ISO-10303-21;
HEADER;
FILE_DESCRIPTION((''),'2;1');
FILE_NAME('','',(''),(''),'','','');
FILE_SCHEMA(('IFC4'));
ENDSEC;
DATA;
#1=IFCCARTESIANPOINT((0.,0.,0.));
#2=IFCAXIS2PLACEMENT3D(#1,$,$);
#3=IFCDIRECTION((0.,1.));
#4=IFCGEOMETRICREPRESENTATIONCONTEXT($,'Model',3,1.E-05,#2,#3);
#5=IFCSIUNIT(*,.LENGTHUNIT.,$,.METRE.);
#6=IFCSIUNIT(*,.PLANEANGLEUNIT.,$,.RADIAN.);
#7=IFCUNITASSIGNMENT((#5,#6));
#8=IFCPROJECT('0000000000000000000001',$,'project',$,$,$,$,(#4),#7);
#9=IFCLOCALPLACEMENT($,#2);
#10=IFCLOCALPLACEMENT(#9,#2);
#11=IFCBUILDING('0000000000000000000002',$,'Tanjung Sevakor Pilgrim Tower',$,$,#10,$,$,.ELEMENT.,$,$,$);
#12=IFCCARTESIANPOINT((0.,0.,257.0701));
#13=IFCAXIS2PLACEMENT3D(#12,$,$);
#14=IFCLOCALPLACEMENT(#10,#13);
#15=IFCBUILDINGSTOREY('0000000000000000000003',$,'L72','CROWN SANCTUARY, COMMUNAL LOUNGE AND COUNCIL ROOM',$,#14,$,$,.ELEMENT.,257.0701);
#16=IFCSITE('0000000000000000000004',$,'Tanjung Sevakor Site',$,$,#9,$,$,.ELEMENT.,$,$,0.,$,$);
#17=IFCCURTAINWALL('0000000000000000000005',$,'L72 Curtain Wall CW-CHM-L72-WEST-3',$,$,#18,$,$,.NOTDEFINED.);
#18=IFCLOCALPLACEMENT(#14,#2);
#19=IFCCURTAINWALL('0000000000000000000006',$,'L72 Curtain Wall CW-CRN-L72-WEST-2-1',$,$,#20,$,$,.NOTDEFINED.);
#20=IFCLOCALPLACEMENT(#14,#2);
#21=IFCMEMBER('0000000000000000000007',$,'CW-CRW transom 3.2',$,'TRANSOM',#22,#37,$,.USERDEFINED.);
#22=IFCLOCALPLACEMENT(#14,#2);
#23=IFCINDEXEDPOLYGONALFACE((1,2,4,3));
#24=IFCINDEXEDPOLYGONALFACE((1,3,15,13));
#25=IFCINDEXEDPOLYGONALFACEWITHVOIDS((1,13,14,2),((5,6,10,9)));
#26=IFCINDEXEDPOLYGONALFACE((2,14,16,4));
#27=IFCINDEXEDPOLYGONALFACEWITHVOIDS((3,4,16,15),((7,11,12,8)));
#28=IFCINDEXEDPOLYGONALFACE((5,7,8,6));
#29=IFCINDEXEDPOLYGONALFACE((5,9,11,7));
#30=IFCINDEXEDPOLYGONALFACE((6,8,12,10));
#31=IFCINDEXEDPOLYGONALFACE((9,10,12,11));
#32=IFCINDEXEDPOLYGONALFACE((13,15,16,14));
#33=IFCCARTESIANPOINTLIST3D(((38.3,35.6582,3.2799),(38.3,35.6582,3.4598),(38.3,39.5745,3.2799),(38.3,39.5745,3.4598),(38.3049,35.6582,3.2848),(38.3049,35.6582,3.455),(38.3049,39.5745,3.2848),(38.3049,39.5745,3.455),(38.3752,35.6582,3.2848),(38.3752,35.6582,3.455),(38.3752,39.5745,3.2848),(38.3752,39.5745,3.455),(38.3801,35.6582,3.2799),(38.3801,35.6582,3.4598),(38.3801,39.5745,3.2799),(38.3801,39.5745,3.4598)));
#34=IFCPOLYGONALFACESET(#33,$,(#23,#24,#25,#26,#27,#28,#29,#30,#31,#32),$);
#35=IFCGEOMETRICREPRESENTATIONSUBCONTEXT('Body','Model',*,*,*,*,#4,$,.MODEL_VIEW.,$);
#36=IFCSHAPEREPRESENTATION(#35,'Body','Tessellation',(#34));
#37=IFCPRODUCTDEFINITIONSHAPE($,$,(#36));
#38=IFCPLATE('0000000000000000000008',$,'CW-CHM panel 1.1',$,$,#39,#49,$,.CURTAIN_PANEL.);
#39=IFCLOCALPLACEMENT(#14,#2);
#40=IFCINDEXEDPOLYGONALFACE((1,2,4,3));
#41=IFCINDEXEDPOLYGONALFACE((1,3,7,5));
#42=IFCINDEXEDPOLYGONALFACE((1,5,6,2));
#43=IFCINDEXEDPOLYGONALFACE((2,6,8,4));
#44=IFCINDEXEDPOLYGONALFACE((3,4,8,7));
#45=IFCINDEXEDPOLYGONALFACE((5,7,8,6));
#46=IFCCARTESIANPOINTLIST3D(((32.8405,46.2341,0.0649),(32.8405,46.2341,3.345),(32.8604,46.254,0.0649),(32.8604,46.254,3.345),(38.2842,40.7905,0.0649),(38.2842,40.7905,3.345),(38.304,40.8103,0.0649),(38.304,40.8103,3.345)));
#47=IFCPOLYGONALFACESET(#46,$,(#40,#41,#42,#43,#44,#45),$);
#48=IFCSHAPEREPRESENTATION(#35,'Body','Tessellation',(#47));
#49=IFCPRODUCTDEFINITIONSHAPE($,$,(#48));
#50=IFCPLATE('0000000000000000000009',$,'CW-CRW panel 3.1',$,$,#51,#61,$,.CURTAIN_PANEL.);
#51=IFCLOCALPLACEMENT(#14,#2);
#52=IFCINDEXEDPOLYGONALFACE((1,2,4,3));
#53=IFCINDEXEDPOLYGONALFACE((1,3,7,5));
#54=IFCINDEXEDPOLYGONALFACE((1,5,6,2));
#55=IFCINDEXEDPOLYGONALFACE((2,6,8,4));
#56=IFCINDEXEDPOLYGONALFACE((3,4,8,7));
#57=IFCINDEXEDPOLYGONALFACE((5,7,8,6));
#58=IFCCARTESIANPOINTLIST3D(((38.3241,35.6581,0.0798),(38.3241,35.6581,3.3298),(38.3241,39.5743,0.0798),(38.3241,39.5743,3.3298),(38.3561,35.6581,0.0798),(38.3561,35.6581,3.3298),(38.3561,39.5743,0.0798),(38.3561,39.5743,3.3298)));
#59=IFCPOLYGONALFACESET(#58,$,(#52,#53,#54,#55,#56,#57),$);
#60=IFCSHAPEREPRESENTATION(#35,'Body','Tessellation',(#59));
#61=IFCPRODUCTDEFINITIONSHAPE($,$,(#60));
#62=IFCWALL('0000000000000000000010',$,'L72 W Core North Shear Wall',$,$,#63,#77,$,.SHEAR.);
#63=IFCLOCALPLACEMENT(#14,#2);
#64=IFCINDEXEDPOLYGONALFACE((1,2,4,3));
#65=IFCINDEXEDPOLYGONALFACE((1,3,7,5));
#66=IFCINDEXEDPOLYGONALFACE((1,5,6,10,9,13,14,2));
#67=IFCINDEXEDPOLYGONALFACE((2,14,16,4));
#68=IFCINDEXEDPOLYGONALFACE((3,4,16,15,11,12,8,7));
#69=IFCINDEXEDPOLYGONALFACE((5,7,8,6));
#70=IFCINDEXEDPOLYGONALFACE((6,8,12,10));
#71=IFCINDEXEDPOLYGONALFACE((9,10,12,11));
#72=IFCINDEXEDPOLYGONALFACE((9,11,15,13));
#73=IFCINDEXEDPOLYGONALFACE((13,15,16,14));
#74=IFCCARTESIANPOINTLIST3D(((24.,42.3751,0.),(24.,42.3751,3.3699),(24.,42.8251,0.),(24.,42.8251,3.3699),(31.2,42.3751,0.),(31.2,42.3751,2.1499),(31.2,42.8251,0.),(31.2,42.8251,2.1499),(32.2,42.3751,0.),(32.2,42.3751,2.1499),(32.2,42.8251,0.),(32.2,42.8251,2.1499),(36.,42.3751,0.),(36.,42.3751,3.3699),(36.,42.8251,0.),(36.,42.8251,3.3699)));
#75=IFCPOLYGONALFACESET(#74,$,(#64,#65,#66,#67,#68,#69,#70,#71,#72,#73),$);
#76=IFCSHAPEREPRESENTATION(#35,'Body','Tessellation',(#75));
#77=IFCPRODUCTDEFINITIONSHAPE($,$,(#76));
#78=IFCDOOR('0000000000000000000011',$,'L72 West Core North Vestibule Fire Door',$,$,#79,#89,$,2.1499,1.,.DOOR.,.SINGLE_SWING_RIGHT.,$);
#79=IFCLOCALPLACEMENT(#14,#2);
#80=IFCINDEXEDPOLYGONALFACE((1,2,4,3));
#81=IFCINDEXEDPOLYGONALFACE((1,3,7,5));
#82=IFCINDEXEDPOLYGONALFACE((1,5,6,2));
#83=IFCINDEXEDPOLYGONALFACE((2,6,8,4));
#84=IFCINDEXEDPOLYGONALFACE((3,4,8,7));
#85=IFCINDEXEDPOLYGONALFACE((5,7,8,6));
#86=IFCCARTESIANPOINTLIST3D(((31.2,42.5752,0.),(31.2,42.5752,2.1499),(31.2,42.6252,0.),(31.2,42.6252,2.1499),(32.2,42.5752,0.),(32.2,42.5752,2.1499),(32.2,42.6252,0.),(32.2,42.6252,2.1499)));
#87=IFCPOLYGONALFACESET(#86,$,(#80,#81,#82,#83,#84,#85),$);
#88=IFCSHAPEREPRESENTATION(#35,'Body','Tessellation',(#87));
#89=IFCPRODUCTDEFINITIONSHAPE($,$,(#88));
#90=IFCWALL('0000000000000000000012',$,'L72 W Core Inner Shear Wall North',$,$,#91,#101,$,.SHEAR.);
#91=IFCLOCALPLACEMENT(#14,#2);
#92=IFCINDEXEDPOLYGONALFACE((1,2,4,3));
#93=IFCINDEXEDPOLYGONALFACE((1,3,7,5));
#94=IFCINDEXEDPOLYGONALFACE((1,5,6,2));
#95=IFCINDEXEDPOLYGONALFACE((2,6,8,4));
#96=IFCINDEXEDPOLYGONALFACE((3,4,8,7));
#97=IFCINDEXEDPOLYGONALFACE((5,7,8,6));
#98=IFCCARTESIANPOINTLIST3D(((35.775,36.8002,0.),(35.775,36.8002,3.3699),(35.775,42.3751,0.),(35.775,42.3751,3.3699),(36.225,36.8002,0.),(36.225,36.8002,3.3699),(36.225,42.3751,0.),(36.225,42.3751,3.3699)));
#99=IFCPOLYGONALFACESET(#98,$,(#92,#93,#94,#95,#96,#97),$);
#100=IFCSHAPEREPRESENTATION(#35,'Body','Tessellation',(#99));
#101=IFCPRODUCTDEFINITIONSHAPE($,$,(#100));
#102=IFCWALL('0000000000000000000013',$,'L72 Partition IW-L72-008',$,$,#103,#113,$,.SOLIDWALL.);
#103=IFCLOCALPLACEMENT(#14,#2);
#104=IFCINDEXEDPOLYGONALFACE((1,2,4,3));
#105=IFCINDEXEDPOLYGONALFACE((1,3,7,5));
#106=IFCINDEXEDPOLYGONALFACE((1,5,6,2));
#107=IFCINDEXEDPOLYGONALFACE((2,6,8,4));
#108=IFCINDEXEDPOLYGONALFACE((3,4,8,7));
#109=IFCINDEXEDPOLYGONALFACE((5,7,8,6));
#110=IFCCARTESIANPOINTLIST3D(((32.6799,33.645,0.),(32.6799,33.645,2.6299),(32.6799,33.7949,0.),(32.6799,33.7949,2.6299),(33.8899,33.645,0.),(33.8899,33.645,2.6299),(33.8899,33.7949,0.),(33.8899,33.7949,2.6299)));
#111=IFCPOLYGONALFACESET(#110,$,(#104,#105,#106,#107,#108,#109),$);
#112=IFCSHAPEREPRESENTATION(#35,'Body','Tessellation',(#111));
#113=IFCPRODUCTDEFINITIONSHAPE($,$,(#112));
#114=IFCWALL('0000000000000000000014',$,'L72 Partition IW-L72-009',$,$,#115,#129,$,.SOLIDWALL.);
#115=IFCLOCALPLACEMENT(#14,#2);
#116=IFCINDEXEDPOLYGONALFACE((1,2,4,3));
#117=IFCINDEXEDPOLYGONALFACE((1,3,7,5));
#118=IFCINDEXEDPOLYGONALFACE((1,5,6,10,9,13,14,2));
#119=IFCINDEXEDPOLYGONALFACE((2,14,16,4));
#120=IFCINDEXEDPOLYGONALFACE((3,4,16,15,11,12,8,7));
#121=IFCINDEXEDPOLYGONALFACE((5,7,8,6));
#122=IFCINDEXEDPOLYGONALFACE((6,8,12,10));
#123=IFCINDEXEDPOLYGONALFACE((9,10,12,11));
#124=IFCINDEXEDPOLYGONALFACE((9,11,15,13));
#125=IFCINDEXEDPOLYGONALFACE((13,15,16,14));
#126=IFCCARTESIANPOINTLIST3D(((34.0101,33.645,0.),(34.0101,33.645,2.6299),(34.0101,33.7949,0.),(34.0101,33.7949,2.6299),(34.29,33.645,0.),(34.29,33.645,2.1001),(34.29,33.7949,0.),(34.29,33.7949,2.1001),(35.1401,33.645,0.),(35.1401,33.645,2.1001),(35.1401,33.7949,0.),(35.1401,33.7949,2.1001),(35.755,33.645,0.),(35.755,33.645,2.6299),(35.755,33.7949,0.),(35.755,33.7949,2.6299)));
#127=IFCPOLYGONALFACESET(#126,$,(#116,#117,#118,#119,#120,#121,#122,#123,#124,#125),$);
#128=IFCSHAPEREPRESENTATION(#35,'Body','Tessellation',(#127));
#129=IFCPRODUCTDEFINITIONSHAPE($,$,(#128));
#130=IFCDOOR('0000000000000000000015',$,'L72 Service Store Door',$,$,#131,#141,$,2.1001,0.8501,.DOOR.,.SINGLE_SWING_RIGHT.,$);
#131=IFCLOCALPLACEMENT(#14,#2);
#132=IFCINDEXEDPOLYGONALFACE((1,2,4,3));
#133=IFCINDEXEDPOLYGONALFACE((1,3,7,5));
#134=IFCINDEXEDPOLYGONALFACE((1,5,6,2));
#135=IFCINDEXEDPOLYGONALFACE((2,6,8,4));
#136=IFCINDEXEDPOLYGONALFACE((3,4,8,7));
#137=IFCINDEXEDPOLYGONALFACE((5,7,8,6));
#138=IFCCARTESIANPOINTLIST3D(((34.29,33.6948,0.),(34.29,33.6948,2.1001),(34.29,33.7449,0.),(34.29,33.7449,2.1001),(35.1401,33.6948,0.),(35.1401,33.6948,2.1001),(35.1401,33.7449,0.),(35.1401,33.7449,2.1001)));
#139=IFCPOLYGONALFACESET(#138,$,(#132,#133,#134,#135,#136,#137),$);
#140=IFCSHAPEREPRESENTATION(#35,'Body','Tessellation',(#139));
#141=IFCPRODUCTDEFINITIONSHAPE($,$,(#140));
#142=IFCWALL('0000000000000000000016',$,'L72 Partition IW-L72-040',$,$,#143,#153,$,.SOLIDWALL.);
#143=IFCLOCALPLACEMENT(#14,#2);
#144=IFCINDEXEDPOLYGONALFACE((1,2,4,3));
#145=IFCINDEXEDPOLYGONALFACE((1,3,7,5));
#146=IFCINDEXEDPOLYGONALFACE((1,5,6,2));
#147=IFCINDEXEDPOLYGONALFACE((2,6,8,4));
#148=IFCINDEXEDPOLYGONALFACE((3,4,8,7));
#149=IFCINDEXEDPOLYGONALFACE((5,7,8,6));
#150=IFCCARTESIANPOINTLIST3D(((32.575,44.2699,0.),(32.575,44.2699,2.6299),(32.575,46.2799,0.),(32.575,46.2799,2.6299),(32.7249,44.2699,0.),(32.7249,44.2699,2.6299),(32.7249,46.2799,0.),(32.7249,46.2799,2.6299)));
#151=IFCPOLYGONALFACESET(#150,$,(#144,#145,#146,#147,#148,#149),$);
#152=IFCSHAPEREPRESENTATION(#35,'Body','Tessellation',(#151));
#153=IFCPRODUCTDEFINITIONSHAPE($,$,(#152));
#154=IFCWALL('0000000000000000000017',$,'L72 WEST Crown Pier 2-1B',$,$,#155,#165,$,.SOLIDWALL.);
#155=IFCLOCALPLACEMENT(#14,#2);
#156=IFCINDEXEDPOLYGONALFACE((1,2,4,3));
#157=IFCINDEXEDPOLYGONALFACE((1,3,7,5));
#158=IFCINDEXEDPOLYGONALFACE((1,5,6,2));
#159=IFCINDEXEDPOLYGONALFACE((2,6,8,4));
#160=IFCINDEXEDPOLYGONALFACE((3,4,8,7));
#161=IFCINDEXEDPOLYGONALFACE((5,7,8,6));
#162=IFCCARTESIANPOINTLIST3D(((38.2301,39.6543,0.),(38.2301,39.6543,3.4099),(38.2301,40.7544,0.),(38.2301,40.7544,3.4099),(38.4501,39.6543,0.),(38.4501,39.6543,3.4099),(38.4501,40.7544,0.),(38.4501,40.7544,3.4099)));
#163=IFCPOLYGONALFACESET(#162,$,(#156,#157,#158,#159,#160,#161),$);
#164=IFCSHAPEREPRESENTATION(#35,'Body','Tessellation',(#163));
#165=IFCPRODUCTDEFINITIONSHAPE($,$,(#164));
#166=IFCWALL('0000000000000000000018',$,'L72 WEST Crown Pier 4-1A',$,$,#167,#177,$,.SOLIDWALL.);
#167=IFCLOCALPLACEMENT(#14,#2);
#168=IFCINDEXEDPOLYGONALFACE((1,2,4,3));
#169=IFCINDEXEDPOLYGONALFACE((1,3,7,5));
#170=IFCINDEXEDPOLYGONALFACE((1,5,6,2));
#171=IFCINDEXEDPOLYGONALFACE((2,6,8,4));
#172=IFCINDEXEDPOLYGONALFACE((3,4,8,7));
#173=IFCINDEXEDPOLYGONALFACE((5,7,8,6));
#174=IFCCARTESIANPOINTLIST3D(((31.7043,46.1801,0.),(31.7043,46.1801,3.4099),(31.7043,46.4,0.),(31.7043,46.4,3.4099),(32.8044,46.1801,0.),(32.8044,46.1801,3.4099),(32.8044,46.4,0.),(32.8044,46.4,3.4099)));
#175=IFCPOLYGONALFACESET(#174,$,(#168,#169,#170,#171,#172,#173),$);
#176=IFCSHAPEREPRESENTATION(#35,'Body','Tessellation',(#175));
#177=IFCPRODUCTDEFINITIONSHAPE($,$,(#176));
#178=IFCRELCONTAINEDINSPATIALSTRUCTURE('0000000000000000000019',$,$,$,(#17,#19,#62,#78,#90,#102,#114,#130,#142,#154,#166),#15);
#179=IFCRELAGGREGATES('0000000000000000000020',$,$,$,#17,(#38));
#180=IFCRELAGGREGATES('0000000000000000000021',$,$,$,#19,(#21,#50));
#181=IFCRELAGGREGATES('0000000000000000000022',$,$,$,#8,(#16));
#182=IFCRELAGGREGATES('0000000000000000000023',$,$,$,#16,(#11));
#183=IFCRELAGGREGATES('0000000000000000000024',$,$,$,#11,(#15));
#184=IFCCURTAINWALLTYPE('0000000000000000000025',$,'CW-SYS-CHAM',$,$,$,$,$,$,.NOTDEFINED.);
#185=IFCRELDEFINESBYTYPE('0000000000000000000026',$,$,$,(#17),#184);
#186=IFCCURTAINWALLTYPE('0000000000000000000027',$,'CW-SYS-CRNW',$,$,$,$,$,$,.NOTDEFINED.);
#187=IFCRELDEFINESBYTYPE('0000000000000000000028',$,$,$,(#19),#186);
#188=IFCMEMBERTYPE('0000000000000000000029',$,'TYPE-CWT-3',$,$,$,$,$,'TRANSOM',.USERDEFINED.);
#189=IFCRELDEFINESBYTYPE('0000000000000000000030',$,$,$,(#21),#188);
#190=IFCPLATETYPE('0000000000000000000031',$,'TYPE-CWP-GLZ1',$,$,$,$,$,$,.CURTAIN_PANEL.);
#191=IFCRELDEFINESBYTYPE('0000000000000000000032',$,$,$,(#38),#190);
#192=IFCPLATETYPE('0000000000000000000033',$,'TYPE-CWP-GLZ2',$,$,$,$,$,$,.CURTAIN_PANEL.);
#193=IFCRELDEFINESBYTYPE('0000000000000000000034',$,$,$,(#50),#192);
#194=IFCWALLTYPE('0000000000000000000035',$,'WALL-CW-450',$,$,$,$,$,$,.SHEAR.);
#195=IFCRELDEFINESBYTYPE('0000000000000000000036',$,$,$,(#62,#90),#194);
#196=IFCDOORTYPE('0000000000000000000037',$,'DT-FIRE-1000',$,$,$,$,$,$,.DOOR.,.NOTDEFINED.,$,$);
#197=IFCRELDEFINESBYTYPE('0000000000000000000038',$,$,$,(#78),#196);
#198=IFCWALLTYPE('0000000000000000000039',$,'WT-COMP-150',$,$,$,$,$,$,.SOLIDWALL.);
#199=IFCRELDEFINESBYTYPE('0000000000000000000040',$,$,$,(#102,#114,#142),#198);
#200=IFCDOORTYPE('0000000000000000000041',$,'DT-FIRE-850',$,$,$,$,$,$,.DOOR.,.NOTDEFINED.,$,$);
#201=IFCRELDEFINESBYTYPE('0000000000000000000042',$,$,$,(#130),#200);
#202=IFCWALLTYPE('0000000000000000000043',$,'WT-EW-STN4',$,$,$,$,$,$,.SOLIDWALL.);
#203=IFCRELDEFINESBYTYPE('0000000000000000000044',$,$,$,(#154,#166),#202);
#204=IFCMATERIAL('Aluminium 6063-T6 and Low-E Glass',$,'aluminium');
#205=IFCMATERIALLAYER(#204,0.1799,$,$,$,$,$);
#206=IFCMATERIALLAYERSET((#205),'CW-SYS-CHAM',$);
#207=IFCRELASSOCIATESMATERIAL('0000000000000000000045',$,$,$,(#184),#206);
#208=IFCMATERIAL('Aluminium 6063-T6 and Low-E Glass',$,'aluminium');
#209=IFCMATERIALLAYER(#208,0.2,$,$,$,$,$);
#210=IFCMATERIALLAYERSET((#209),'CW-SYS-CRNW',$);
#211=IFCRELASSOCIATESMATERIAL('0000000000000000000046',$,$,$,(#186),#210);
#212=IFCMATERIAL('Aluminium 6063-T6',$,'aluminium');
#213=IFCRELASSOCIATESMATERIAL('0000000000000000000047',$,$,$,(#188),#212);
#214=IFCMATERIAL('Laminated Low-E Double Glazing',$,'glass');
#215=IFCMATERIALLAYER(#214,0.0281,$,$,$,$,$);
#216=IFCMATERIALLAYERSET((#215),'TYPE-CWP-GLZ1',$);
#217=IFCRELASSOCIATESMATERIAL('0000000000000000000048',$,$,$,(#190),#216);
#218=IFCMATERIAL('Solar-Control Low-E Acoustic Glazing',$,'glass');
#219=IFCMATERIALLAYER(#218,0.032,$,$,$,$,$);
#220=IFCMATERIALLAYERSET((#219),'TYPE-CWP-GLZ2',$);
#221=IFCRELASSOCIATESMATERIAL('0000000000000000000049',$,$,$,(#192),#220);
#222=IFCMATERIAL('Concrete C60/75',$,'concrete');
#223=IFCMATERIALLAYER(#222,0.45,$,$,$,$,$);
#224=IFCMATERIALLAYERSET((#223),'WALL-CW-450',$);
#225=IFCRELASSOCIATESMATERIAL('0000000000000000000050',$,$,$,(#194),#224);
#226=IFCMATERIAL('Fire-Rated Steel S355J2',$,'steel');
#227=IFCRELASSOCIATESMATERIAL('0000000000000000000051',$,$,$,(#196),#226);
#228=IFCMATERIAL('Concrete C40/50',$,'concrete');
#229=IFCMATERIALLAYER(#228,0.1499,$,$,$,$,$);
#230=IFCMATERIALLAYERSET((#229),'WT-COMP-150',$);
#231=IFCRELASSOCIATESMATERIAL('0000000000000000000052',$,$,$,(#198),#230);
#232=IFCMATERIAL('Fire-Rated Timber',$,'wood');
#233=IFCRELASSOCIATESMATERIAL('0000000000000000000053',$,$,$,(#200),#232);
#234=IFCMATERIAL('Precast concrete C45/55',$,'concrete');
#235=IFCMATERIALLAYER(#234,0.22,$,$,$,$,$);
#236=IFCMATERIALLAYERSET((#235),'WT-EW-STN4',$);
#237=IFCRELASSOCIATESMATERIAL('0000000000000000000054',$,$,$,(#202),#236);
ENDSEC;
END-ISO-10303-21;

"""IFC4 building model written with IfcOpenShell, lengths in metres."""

from ifc_helpers import new_model, si_unit, direction, frame, frame_2d, origin, origin_2d, place, context, subcontext, project, spatial, rectangle, hollow_rectangle, extrude, material, layer, layer_set, material_profile, profile_set, type_object, element, fill, aggregate, save


model = new_model("IFC4")

# Units and contexts
model_context = context("Model", 3, precision=1e-05, world=origin(), true_north=direction((0.0, 1.0)))
body_context = subcontext(model_context, "Body", "Model", "MODEL_VIEW")
ifc_project = project(units=[si_unit("LENGTHUNIT", "METRE"), si_unit("PLANEANGLEUNIT", "RADIAN")], contexts=[model_context])

# Site, building, storey
site_placement = place(None, origin())
site = spatial("IfcSite", under=ifc_project, at=site_placement, Name="Tanjung Sevakor Site", CompositionType="ELEMENT", RefElevation=0.0)
building_placement = place(site_placement, origin())
building = spatial("IfcBuilding", under=site, at=building_placement, Name="Tanjung Sevakor Pilgrim Tower", CompositionType="ELEMENT")
storey_placement = place(building_placement, frame((0.0, 0.0, 257.0701)))
storey = spatial("IfcBuildingStorey", under=building, at=storey_placement, Name="L72", Description="CROWN SANCTUARY, COMMUNAL LOUNGE AND COUNCIL ROOM", CompositionType="ELEMENT", Elevation=257.0701)

# Curtain walls
ifc_material_1 = material(Name="Aluminium 6063-T6 and Low-E Glass", Category="aluminium")
ifc_layer_1 = layer(ifc_material_1, 0.1799)
ifc_layer_set_1 = layer_set([ifc_layer_1], Name="CW-SYS-CHAM")
curtain_wall_type_1 = type_object("IfcCurtainWallType", Name="CW-SYS-CHAM", PredefinedType="NOTDEFINED", material=ifc_layer_set_1)
curtain_wall_1_placement = place(storey_placement, origin())
curtain_wall_1 = element("IfcCurtainWall", 1, at=curtain_wall_1_placement, inside=storey, type_object=curtain_wall_type_1, Name="L72 Curtain Wall CW-CHM-L72-WEST-3", PredefinedType="NOTDEFINED")
ifc_material_2 = material(Name="Aluminium 6063-T6 and Low-E Glass", Category="aluminium")
ifc_layer_2 = layer(ifc_material_2, 0.2)
ifc_layer_set_2 = layer_set([ifc_layer_2], Name="CW-SYS-CRNW")
curtain_wall_type_2 = type_object("IfcCurtainWallType", Name="CW-SYS-CRNW", PredefinedType="NOTDEFINED", material=ifc_layer_set_2)
curtain_wall_2_placement = place(storey_placement, origin())
curtain_wall_2 = element("IfcCurtainWall", 2, at=curtain_wall_2_placement, inside=storey, type_object=curtain_wall_type_2, Name="L72 Curtain Wall CW-CRN-L72-WEST-2-1", PredefinedType="NOTDEFINED")

# Member
ifc_material_3 = material(Name="Aluminium 6063-T6", Category="aluminium")
ifc_material_profile_1 = material_profile(ifc_material_3, hollow_rectangle(XDim=0.0801, YDim=0.1799, WallThickness=0.0049, at=origin_2d()))
ifc_profile_set_1 = profile_set([ifc_material_profile_1], Name="Aluminium 6063-T6")
member_type_1 = type_object("IfcMemberType", Name="TYPE-CWT-3", ElementType="TRANSOM", PredefinedType="USERDEFINED", material=ifc_profile_set_1)
member_1_placement = place(storey_placement, frame((38.3401, 35.6582, 3.3699), z_axis=(0.0, 1.0, 0.0), x_axis=(-1.0, 0.0, 0.0)))
member_1 = element("IfcMember", 3, at=member_1_placement, type_object=member_type_1, Name="CW-CRW transom 3.2", ObjectType="TRANSOM", PredefinedType="USERDEFINED", context=body_context, shape_type="SweptSolid", body=[
    extrude(hollow_rectangle(XDim=0.0801, YDim=0.1799, WallThickness=0.0049, at=origin_2d()), origin(), (0.0, 0.0, 1.0), 3.9163),
])

# Plates
ifc_material_4 = material(Name="Laminated Low-E Double Glazing", Category="glass")
ifc_layer_3 = layer(ifc_material_4, 0.0281)
ifc_layer_set_3 = layer_set([ifc_layer_3], Name="TYPE-CWP-GLZ1")
plate_type_1 = type_object("IfcPlateType", Name="TYPE-CWP-GLZ1", PredefinedType="CURTAIN_PANEL", material=ifc_layer_set_3)
plate_1_placement = place(storey_placement, frame((35.5723, 43.5222, 0.0649), z_axis=(0.0, 0.0, 1.0), x_axis=(-0.707107, 0.707107, 0.0)))
plate_1 = element("IfcPlate", 4, at=plate_1_placement, type_object=plate_type_1, Name="CW-CHM panel 1.1", PredefinedType="CURTAIN_PANEL", context=body_context, shape_type="SweptSolid", body=[
    extrude(rectangle(XDim=7.6985, YDim=0.0281, at=origin_2d()), origin(), (0.0, 0.0, 1.0), 3.28),
])
aggregate(curtain_wall_1, [plate_1])
ifc_material_5 = material(Name="Solar-Control Low-E Acoustic Glazing", Category="glass")
ifc_layer_4 = layer(ifc_material_5, 0.032)
ifc_layer_set_4 = layer_set([ifc_layer_4], Name="TYPE-CWP-GLZ2")
plate_type_2 = type_object("IfcPlateType", Name="TYPE-CWP-GLZ2", PredefinedType="CURTAIN_PANEL", material=ifc_layer_set_4)
plate_2_placement = place(storey_placement, frame((38.3401, 37.6162, 0.0798), z_axis=(0.0, 0.0, 1.0), x_axis=(0.0, 1.0, 0.0)))
plate_2 = element("IfcPlate", 5, at=plate_2_placement, type_object=plate_type_2, Name="CW-CRW panel 3.1", PredefinedType="CURTAIN_PANEL", context=body_context, shape_type="SweptSolid", body=[
    extrude(rectangle(XDim=3.9163, YDim=0.032, at=origin_2d()), origin(), (0.0, 0.0, 1.0), 3.25),
])
aggregate(curtain_wall_2, [member_1, plate_2])

# Wall, opening, door
ifc_material_6 = material(Name="Concrete C60/75", Category="concrete")
ifc_layer_5 = layer(ifc_material_6, 0.45)
ifc_layer_set_5 = layer_set([ifc_layer_5], Name="WALL-CW-450")
wall_type_1 = type_object("IfcWallType", Name="WALL-CW-450", PredefinedType="SHEAR", material=ifc_layer_set_5)
wall_1_placement = place(storey_placement, frame((36.0, 42.6001, 0.0), z_axis=(0.0, 0.0, 1.0), x_axis=(-1.0, 0.0, 0.0)))
wall_1 = element("IfcWall", 6, at=wall_1_placement, inside=storey, type_object=wall_type_1, Name="L72 W Core North Shear Wall", PredefinedType="SHEAR", context=body_context, shape_type="SweptSolid", body=[
    extrude(rectangle(XDim=12.0, YDim=0.45, at=frame_2d((6.0, 0.0))), origin(), (0.0, 0.0, 1.0), 3.3699),
])
opening_1_placement = place(wall_1_placement, frame((3.8, 0.0, 0.0)))
opening_1 = element("IfcOpeningElement", 7, at=opening_1_placement, cuts=wall_1, PredefinedType="OPENING", context=body_context, shape_type="SweptSolid", body=[
    extrude(rectangle(XDim=1.0, YDim=2.1499, at=frame_2d((0.5, 1.075))), frame((0.0, 0.2349, 0.0), z_axis=(0.0, -1.0, 0.0), x_axis=(1.0, 0.0, 0.0)), (0.0, 0.0, 1.0), 0.47),
])
ifc_material_7 = material(Name="Fire-Rated Steel S355J2", Category="steel")
door_type_1 = type_object("IfcDoorType", Name="DT-FIRE-1000", OperationType="NOTDEFINED", PredefinedType="DOOR", material=ifc_material_7)
door_1_placement = place(opening_1_placement, origin())
door_1 = element("IfcDoor", 8, at=door_1_placement, inside=storey, type_object=door_type_1, Name="L72 West Core North Vestibule Fire Door", OperationType="SINGLE_SWING_RIGHT", OverallHeight=2.1499, OverallWidth=1.0, PredefinedType="DOOR", context=body_context, shape_type="SweptSolid", body=[
    extrude(rectangle(XDim=1.0, YDim=2.1499, at=frame_2d((0.5, 1.075))), frame((0.0, 0.0249, 0.0), z_axis=(0.0, -1.0, 0.0), x_axis=(1.0, 0.0, 0.0)), (0.0, 0.0, 1.0), 0.05),
])
fill(opening_1, door_1)

# Walls
wall_2_placement = place(storey_placement, frame((36.0, 36.8, 0.0), z_axis=(0.0, 0.0, 1.0), x_axis=(0.0, 1.0, 0.0)))
element("IfcWall", 9, at=wall_2_placement, inside=storey, type_object=wall_type_1, Name="L72 W Core Inner Shear Wall North", PredefinedType="SHEAR", context=body_context, shape_type="SweptSolid", body=[
    extrude(rectangle(XDim=5.575, YDim=0.45, at=frame_2d((2.7876, 0.0))), origin(), (0.0, 0.0, 1.0), 3.3699),
])
ifc_material_8 = material(Name="Concrete C40/50", Category="concrete")
ifc_layer_6 = layer(ifc_material_8, 0.1499)
ifc_layer_set_6 = layer_set([ifc_layer_6], Name="WT-COMP-150")
wall_type_2 = type_object("IfcWallType", Name="WT-COMP-150", PredefinedType="SOLIDWALL", material=ifc_layer_set_6)
wall_3_placement = place(storey_placement, frame((32.6799, 33.72, 0.0), z_axis=(0.0, 0.0, 1.0), x_axis=(1.0, 0.0, 0.0)))
element("IfcWall", 10, at=wall_3_placement, inside=storey, type_object=wall_type_2, Name="L72 Partition IW-L72-008", PredefinedType="SOLIDWALL", context=body_context, shape_type="SweptSolid", body=[
    extrude(rectangle(XDim=1.21, YDim=0.1499, at=frame_2d((0.605, 0.0))), origin(), (0.0, 0.0, 1.0), 2.6299),
])

# Wall, opening, door
wall_4_placement = place(storey_placement, frame((34.01, 33.72, 0.0), z_axis=(0.0, 0.0, 1.0), x_axis=(1.0, 0.0, 0.0)))
wall_4 = element("IfcWall", 11, at=wall_4_placement, inside=storey, type_object=wall_type_2, Name="L72 Partition IW-L72-009", PredefinedType="SOLIDWALL", context=body_context, shape_type="SweptSolid", body=[
    extrude(rectangle(XDim=1.7449, YDim=0.1499, at=frame_2d((0.8726, 0.0))), origin(), (0.0, 0.0, 1.0), 2.6299),
])
opening_2_placement = place(wall_4_placement, frame((0.28, 0.0, 0.0)))
opening_2 = element("IfcOpeningElement", 12, at=opening_2_placement, cuts=wall_4, PredefinedType="OPENING", context=body_context, shape_type="SweptSolid", body=[
    extrude(rectangle(XDim=0.8501, YDim=2.1001, at=frame_2d((0.425, 1.05))), frame((0.0, 0.085, 0.0), z_axis=(0.0, -1.0, 0.0), x_axis=(1.0, 0.0, 0.0)), (0.0, 0.0, 1.0), 0.1699),
])
ifc_material_9 = material(Name="Fire-Rated Timber", Category="wood")
door_type_2 = type_object("IfcDoorType", Name="DT-FIRE-850", OperationType="NOTDEFINED", PredefinedType="DOOR", material=ifc_material_9)
door_2_placement = place(opening_2_placement, origin())
door_2 = element("IfcDoor", 13, at=door_2_placement, inside=storey, type_object=door_type_2, Name="L72 Service Store Door", OperationType="SINGLE_SWING_RIGHT", OverallHeight=2.1001, OverallWidth=0.8501, PredefinedType="DOOR", context=body_context, shape_type="SweptSolid", body=[
    extrude(rectangle(XDim=0.8501, YDim=2.1001, at=frame_2d((0.425, 1.05))), frame((0.0, 0.0249, 0.0), z_axis=(0.0, -1.0, 0.0), x_axis=(1.0, 0.0, 0.0)), (0.0, 0.0, 1.0), 0.05),
])
fill(opening_2, door_2)

# Walls
wall_5_placement = place(storey_placement, frame((32.6499, 44.27, 0.0), z_axis=(0.0, 0.0, 1.0), x_axis=(0.0, 1.0, 0.0)))
element("IfcWall", 14, at=wall_5_placement, inside=storey, type_object=wall_type_2, Name="L72 Partition IW-L72-040", PredefinedType="SOLIDWALL", context=body_context, shape_type="SweptSolid", body=[
    extrude(rectangle(XDim=2.01, YDim=0.1499, at=frame_2d((1.0049, 0.0))), origin(), (0.0, 0.0, 1.0), 2.6299),
])
ifc_material_10 = material(Name="Precast concrete C45/55", Category="concrete")
ifc_layer_7 = layer(ifc_material_10, 0.22)
ifc_layer_set_7 = layer_set([ifc_layer_7], Name="WT-EW-STN4")
wall_type_3 = type_object("IfcWallType", Name="WT-EW-STN4", PredefinedType="SOLIDWALL", material=ifc_layer_set_7)
for number, where, z_axis, x_axis, name in (
    (15, (38.3401, 39.6543, 0.0), (0.0, 0.0, 1.0), (0.0, 1.0, 0.0), "L72 WEST Crown Pier 2-1B"),
    (16, (32.8044, 46.29, 0.0), (0.0, 0.0, 1.0), (-1.0, 0.0, 0.0), "L72 WEST Crown Pier 4-1A"),
):
    element("IfcWall", number, at=place(storey_placement, frame(where, z_axis=z_axis, x_axis=x_axis)), inside=storey, type_object=wall_type_3, Name=name, PredefinedType="SOLIDWALL", context=body_context, shape_type="SweptSolid", body=[
        extrude(rectangle(XDim=1.1001, YDim=0.22, at=frame_2d((0.55, 0.0))), origin(), (0.0, 0.0, 1.0), 3.4099),
    ])

save(model, "model.ifc")
